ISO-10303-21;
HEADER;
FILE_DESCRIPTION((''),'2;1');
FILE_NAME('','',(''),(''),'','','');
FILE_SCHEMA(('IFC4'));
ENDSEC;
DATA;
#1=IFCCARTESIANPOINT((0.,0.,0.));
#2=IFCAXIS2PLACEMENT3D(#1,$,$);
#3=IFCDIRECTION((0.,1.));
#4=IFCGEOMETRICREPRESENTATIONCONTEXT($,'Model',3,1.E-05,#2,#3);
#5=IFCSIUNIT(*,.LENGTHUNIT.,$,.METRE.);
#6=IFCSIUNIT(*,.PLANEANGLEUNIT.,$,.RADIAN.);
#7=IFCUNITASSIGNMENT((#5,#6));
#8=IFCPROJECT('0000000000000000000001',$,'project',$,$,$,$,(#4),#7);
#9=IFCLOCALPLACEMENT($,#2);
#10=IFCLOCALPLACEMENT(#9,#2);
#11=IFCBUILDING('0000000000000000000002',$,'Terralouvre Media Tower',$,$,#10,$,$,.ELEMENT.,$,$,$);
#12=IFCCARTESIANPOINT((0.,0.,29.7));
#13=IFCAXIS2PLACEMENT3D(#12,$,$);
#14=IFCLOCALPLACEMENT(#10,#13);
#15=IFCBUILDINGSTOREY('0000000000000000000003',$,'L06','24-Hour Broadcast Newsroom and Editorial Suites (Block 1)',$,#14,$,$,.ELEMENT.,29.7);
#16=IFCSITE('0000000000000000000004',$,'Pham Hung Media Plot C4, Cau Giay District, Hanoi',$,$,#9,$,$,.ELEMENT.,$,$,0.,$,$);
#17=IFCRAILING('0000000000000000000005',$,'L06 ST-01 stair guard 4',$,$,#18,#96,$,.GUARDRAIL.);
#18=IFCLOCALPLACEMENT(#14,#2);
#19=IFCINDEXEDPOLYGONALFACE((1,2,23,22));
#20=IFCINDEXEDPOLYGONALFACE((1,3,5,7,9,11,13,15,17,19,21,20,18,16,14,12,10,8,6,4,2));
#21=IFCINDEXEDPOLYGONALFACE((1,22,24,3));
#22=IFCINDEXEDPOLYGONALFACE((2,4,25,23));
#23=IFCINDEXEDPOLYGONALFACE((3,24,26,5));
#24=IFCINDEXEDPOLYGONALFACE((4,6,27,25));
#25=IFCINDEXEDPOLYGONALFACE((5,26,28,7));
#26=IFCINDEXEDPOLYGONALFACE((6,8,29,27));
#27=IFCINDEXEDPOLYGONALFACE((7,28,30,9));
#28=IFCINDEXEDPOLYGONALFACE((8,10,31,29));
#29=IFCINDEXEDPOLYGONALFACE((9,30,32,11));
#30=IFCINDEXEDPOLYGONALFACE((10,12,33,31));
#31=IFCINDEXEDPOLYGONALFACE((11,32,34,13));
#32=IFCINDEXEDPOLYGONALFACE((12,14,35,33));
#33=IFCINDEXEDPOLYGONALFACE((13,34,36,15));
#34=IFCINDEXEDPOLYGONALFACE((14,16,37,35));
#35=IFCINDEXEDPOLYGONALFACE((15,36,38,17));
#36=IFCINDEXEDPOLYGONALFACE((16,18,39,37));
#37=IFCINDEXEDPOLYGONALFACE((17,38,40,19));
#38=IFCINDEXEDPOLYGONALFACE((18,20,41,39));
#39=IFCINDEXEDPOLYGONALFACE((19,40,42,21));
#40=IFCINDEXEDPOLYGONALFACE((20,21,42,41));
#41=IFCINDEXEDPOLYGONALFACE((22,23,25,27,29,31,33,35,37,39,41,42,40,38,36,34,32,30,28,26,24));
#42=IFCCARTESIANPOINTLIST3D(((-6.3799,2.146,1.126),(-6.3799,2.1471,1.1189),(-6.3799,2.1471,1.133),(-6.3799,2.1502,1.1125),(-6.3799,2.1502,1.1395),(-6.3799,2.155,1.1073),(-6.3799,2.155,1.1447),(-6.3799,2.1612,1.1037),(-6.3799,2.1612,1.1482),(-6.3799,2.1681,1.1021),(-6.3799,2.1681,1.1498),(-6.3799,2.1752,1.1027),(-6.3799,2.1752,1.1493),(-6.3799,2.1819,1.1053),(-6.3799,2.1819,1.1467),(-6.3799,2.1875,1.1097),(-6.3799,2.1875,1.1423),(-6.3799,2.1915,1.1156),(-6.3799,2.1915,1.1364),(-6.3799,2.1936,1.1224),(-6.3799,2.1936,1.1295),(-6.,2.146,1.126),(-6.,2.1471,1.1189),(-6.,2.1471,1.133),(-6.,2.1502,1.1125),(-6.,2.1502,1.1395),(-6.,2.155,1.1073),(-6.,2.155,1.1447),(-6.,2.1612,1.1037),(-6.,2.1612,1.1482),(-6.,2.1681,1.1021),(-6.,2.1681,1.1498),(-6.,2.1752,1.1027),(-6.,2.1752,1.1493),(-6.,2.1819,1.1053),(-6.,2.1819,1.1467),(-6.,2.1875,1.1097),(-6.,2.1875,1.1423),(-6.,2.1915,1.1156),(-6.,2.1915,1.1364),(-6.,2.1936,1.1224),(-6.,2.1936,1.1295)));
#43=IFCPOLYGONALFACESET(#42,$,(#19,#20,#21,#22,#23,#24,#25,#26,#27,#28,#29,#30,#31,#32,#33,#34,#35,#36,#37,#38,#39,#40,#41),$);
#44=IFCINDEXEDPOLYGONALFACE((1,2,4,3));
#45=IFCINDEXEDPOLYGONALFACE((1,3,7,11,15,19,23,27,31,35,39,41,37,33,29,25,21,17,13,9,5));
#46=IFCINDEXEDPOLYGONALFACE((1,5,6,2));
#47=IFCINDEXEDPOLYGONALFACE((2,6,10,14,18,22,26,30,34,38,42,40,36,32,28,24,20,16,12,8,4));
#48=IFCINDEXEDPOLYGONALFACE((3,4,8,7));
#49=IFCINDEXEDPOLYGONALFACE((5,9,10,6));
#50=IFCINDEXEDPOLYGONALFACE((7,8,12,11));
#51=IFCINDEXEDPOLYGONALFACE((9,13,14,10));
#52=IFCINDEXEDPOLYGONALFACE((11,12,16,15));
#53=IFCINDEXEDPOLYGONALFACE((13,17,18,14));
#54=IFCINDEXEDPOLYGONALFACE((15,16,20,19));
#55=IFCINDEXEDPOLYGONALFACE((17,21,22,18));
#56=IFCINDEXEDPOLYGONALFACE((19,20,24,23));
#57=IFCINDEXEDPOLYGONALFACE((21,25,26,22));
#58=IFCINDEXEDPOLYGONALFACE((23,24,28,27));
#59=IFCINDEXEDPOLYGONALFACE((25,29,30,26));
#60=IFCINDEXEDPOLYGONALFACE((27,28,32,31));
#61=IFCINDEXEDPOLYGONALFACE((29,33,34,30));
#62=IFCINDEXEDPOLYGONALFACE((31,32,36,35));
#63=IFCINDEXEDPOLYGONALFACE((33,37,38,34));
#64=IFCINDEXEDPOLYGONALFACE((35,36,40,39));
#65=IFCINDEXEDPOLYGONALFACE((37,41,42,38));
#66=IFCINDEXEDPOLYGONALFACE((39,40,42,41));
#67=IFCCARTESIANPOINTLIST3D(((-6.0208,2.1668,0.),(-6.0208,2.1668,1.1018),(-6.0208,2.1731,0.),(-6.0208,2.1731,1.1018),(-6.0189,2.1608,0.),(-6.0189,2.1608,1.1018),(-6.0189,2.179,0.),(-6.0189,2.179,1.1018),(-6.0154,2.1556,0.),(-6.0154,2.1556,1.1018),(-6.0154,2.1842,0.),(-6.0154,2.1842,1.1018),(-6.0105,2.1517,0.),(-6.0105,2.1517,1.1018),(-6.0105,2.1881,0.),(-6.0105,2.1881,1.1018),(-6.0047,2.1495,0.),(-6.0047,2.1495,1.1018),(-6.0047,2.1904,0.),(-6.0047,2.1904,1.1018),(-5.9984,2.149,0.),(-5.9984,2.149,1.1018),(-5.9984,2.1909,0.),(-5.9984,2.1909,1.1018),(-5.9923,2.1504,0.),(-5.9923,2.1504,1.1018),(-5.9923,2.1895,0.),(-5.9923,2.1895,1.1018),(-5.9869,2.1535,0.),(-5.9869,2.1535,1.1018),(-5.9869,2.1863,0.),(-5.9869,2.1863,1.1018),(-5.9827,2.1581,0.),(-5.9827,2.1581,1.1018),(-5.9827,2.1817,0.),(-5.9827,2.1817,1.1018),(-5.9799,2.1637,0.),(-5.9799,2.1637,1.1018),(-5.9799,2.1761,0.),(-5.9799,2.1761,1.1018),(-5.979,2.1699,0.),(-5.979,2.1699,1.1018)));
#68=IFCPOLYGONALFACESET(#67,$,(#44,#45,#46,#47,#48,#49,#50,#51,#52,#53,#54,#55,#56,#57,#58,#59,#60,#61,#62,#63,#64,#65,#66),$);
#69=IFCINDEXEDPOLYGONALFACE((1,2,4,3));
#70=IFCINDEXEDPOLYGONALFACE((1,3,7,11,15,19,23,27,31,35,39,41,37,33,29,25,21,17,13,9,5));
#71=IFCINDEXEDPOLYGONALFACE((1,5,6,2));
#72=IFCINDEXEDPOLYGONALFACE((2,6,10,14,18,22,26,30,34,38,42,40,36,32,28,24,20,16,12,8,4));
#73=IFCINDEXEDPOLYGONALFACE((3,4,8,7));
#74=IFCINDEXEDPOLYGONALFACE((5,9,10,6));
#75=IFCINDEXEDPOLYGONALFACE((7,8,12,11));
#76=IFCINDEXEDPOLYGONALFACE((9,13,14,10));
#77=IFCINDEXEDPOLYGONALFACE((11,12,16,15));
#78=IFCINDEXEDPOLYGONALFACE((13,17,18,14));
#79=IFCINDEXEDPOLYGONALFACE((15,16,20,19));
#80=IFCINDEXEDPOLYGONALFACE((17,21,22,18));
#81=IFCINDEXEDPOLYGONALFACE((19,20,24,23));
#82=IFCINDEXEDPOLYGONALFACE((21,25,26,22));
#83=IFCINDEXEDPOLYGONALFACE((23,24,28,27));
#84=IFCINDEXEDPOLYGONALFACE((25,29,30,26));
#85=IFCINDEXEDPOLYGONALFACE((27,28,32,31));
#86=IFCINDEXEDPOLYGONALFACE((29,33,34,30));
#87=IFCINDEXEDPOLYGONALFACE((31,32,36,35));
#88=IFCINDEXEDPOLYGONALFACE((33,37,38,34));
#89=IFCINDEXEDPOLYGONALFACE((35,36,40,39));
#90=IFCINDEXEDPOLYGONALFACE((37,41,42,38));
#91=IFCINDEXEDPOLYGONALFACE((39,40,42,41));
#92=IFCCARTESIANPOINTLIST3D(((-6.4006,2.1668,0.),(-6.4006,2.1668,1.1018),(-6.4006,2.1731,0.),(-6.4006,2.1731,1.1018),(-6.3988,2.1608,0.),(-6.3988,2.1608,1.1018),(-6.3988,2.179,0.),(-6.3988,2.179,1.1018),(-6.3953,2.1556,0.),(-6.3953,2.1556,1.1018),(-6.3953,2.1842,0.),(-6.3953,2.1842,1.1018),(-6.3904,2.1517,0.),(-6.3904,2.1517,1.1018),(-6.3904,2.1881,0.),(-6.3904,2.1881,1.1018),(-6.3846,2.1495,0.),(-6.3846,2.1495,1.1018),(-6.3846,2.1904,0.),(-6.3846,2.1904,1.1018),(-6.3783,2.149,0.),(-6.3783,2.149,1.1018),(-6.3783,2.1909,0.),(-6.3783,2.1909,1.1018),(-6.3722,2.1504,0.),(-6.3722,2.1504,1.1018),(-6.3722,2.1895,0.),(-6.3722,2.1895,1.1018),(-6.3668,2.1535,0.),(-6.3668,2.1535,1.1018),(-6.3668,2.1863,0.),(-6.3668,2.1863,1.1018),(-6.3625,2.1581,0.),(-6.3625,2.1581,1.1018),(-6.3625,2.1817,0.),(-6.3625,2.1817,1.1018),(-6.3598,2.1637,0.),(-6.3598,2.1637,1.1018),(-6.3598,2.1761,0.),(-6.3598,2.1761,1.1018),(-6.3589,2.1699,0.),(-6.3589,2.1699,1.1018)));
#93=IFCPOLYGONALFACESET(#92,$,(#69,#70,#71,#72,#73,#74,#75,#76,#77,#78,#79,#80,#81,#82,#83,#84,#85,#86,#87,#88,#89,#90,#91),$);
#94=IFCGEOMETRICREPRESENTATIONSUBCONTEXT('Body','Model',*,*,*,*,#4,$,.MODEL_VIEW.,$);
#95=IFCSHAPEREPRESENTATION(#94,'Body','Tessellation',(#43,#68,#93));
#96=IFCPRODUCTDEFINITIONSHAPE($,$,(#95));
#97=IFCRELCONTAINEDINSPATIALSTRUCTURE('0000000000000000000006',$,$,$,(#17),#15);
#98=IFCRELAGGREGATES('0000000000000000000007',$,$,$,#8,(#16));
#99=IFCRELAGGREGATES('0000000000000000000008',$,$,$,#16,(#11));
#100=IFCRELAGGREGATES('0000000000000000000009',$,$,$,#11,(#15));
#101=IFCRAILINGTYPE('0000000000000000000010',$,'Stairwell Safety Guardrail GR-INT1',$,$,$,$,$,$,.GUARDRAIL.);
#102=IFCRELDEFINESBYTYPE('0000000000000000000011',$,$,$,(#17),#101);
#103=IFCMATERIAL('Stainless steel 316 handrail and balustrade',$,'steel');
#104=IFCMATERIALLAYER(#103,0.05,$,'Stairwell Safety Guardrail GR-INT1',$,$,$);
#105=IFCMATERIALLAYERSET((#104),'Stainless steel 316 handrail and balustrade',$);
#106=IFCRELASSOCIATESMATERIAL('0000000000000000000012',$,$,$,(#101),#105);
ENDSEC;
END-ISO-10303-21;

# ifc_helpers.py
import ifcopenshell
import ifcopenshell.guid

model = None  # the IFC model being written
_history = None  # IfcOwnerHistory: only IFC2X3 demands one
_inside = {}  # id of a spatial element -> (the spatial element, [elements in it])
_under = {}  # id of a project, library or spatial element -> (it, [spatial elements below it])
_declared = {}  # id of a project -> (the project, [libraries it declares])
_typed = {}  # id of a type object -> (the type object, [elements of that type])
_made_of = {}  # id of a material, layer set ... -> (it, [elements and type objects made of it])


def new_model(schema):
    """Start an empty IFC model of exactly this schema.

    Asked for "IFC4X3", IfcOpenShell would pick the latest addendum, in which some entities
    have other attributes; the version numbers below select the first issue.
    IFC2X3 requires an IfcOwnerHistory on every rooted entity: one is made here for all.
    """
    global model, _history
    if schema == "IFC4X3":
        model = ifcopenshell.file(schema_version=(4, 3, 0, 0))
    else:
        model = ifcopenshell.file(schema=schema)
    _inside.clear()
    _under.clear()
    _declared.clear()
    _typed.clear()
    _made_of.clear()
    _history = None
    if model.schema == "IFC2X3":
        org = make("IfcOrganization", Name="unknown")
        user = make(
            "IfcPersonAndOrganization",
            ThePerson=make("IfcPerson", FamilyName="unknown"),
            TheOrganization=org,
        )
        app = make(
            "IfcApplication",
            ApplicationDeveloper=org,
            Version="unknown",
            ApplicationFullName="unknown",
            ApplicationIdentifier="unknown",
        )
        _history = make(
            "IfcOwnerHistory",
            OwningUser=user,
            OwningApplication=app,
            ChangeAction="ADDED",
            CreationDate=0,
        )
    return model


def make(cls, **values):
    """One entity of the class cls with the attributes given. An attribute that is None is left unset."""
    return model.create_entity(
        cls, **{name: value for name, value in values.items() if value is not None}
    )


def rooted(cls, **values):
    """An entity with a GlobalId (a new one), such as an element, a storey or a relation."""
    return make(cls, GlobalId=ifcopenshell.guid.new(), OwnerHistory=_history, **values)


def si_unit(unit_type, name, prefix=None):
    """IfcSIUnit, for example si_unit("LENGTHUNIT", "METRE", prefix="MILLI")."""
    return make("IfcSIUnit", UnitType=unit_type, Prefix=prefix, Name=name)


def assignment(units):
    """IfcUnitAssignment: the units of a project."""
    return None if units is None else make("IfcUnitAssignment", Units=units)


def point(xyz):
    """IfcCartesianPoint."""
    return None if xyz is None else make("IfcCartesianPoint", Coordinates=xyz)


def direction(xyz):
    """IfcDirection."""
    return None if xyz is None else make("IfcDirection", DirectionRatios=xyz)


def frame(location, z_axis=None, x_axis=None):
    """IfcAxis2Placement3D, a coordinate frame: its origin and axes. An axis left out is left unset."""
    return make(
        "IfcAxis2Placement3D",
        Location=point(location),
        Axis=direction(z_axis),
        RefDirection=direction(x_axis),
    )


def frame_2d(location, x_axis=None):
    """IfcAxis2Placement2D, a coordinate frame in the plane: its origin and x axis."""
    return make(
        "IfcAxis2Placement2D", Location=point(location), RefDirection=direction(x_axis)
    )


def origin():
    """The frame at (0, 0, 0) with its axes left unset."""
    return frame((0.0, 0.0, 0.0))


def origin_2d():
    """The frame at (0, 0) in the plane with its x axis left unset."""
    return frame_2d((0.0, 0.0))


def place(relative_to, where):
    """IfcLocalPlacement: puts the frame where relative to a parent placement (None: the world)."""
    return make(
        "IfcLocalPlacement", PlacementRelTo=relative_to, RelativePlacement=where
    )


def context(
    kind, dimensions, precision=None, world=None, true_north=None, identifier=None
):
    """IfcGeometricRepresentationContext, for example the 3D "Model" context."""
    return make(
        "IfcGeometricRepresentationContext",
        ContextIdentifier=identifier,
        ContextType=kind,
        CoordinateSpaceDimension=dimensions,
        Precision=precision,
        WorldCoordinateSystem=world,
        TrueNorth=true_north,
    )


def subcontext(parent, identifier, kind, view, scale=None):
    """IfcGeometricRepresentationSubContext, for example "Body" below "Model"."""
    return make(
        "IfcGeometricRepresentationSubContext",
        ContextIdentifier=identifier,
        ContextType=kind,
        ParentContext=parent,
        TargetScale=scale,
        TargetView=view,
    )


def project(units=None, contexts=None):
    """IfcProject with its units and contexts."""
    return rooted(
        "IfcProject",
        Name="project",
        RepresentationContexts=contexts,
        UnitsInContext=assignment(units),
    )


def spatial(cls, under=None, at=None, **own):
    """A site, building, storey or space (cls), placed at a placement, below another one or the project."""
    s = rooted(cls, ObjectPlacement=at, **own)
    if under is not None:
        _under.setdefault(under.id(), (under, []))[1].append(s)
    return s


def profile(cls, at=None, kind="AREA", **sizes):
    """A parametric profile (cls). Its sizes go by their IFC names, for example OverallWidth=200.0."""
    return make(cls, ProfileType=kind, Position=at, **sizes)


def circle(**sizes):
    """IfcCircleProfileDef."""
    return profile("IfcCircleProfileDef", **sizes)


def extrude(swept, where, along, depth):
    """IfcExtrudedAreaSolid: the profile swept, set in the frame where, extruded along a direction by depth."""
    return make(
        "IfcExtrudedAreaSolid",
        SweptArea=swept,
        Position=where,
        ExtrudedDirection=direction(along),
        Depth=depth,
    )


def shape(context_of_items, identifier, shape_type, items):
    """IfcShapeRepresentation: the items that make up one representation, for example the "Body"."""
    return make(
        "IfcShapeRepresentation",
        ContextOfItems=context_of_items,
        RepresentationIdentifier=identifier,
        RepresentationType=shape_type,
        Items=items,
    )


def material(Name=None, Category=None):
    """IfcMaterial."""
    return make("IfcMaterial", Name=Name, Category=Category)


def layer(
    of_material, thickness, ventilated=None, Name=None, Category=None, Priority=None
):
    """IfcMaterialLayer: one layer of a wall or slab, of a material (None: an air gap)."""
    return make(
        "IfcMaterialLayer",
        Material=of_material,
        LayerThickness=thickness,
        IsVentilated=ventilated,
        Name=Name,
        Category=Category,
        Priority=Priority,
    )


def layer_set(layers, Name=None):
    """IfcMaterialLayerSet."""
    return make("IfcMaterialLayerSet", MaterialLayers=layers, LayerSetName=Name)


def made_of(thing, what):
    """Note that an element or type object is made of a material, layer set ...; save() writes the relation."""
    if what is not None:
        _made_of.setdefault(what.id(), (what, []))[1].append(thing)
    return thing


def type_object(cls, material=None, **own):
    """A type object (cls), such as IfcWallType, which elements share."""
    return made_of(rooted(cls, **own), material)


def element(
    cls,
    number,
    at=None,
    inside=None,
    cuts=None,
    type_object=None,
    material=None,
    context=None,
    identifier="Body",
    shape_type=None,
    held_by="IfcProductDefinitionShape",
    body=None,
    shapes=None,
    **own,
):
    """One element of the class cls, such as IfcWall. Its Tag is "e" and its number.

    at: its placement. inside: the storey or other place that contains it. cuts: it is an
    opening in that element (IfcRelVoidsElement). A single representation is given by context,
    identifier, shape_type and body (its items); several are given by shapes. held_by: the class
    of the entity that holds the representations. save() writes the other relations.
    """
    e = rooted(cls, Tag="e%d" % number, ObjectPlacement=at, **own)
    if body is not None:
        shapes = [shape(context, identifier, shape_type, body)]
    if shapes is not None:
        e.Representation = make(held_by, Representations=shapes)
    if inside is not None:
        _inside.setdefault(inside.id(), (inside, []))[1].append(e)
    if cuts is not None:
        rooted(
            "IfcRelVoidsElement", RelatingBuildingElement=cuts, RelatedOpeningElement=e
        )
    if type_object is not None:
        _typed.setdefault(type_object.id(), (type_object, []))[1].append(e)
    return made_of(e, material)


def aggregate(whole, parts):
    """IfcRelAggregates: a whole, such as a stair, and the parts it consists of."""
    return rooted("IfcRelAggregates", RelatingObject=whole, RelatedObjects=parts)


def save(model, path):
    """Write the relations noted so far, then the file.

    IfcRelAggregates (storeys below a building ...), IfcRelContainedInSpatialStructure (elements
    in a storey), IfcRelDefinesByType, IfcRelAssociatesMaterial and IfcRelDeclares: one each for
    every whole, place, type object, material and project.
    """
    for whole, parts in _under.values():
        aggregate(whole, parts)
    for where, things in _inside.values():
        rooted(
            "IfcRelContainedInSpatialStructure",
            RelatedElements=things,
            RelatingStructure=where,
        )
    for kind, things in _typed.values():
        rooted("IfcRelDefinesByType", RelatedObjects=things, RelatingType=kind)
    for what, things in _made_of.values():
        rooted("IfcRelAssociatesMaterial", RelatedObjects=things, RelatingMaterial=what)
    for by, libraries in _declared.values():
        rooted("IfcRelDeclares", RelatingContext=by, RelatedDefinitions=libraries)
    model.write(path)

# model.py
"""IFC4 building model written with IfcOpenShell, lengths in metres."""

from ifc_helpers import new_model, si_unit, direction, frame, origin, origin_2d, place, context, subcontext, project, spatial, circle, extrude, material, layer, layer_set, type_object, element, save


model = new_model("IFC4")

# Units and contexts
model_context = context("Model", 3, precision=1e-05, world=origin(), true_north=direction((0.0, 1.0)))
body_context = subcontext(model_context, "Body", "Model", "MODEL_VIEW")
ifc_project = project(units=[si_unit("LENGTHUNIT", "METRE"), si_unit("PLANEANGLEUNIT", "RADIAN")], contexts=[model_context])

# Site, building, storey
site_placement = place(None, origin())
site = spatial("IfcSite", under=ifc_project, at=site_placement, Name="Pham Hung Media Plot C4, Cau Giay District, Hanoi", CompositionType="ELEMENT", RefElevation=0.0)
building_placement = place(site_placement, origin())
building = spatial("IfcBuilding", under=site, at=building_placement, Name="Terralouvre Media Tower", CompositionType="ELEMENT")
storey_placement = place(building_placement, frame((0.0, 0.0, 29.7)))
storey = spatial("IfcBuildingStorey", under=building, at=storey_placement, Name="L06", Description="24-Hour Broadcast Newsroom and Editorial Suites (Block 1)", CompositionType="ELEMENT", Elevation=29.7)

# Railing
ifc_material_1 = material(Name="Stainless steel 316 handrail and balustrade", Category="steel")
ifc_layer_1 = layer(ifc_material_1, 0.05, Name="Stairwell Safety Guardrail GR-INT1")
ifc_layer_set_1 = layer_set([ifc_layer_1], Name="Stainless steel 316 handrail and balustrade")
railing_type_1 = type_object("IfcRailingType", Name="Stairwell Safety Guardrail GR-INT1", PredefinedType="GUARDRAIL", material=ifc_layer_set_1)
railing_1_placement = place(storey_placement, frame((-6.0, 2.1699, 0.0)))
element("IfcRailing", 1, at=railing_1_placement, inside=storey, type_object=railing_type_1, Name="L06 ST-01 stair guard 4", PredefinedType="GUARDRAIL", context=body_context, shape_type="SweptSolid", body=[
    extrude(circle(Radius=0.0239, at=origin_2d()), frame((0.0, 0.0, 1.126), z_axis=(-1.0, 0.0, 0.0), x_axis=(0.0, -1.0, 0.0)), (0.0, 0.0, 1.0), 0.3799),
    extrude(circle(Radius=0.021, at=origin_2d()), origin(), (0.0, 0.0, 1.0), 1.1018),
    extrude(circle(Radius=0.021, at=origin_2d()), frame((-0.3799, 0.0, 0.0)), (0.0, 0.0, 1.0), 1.1018),
])

save(model, "model.ifc")
